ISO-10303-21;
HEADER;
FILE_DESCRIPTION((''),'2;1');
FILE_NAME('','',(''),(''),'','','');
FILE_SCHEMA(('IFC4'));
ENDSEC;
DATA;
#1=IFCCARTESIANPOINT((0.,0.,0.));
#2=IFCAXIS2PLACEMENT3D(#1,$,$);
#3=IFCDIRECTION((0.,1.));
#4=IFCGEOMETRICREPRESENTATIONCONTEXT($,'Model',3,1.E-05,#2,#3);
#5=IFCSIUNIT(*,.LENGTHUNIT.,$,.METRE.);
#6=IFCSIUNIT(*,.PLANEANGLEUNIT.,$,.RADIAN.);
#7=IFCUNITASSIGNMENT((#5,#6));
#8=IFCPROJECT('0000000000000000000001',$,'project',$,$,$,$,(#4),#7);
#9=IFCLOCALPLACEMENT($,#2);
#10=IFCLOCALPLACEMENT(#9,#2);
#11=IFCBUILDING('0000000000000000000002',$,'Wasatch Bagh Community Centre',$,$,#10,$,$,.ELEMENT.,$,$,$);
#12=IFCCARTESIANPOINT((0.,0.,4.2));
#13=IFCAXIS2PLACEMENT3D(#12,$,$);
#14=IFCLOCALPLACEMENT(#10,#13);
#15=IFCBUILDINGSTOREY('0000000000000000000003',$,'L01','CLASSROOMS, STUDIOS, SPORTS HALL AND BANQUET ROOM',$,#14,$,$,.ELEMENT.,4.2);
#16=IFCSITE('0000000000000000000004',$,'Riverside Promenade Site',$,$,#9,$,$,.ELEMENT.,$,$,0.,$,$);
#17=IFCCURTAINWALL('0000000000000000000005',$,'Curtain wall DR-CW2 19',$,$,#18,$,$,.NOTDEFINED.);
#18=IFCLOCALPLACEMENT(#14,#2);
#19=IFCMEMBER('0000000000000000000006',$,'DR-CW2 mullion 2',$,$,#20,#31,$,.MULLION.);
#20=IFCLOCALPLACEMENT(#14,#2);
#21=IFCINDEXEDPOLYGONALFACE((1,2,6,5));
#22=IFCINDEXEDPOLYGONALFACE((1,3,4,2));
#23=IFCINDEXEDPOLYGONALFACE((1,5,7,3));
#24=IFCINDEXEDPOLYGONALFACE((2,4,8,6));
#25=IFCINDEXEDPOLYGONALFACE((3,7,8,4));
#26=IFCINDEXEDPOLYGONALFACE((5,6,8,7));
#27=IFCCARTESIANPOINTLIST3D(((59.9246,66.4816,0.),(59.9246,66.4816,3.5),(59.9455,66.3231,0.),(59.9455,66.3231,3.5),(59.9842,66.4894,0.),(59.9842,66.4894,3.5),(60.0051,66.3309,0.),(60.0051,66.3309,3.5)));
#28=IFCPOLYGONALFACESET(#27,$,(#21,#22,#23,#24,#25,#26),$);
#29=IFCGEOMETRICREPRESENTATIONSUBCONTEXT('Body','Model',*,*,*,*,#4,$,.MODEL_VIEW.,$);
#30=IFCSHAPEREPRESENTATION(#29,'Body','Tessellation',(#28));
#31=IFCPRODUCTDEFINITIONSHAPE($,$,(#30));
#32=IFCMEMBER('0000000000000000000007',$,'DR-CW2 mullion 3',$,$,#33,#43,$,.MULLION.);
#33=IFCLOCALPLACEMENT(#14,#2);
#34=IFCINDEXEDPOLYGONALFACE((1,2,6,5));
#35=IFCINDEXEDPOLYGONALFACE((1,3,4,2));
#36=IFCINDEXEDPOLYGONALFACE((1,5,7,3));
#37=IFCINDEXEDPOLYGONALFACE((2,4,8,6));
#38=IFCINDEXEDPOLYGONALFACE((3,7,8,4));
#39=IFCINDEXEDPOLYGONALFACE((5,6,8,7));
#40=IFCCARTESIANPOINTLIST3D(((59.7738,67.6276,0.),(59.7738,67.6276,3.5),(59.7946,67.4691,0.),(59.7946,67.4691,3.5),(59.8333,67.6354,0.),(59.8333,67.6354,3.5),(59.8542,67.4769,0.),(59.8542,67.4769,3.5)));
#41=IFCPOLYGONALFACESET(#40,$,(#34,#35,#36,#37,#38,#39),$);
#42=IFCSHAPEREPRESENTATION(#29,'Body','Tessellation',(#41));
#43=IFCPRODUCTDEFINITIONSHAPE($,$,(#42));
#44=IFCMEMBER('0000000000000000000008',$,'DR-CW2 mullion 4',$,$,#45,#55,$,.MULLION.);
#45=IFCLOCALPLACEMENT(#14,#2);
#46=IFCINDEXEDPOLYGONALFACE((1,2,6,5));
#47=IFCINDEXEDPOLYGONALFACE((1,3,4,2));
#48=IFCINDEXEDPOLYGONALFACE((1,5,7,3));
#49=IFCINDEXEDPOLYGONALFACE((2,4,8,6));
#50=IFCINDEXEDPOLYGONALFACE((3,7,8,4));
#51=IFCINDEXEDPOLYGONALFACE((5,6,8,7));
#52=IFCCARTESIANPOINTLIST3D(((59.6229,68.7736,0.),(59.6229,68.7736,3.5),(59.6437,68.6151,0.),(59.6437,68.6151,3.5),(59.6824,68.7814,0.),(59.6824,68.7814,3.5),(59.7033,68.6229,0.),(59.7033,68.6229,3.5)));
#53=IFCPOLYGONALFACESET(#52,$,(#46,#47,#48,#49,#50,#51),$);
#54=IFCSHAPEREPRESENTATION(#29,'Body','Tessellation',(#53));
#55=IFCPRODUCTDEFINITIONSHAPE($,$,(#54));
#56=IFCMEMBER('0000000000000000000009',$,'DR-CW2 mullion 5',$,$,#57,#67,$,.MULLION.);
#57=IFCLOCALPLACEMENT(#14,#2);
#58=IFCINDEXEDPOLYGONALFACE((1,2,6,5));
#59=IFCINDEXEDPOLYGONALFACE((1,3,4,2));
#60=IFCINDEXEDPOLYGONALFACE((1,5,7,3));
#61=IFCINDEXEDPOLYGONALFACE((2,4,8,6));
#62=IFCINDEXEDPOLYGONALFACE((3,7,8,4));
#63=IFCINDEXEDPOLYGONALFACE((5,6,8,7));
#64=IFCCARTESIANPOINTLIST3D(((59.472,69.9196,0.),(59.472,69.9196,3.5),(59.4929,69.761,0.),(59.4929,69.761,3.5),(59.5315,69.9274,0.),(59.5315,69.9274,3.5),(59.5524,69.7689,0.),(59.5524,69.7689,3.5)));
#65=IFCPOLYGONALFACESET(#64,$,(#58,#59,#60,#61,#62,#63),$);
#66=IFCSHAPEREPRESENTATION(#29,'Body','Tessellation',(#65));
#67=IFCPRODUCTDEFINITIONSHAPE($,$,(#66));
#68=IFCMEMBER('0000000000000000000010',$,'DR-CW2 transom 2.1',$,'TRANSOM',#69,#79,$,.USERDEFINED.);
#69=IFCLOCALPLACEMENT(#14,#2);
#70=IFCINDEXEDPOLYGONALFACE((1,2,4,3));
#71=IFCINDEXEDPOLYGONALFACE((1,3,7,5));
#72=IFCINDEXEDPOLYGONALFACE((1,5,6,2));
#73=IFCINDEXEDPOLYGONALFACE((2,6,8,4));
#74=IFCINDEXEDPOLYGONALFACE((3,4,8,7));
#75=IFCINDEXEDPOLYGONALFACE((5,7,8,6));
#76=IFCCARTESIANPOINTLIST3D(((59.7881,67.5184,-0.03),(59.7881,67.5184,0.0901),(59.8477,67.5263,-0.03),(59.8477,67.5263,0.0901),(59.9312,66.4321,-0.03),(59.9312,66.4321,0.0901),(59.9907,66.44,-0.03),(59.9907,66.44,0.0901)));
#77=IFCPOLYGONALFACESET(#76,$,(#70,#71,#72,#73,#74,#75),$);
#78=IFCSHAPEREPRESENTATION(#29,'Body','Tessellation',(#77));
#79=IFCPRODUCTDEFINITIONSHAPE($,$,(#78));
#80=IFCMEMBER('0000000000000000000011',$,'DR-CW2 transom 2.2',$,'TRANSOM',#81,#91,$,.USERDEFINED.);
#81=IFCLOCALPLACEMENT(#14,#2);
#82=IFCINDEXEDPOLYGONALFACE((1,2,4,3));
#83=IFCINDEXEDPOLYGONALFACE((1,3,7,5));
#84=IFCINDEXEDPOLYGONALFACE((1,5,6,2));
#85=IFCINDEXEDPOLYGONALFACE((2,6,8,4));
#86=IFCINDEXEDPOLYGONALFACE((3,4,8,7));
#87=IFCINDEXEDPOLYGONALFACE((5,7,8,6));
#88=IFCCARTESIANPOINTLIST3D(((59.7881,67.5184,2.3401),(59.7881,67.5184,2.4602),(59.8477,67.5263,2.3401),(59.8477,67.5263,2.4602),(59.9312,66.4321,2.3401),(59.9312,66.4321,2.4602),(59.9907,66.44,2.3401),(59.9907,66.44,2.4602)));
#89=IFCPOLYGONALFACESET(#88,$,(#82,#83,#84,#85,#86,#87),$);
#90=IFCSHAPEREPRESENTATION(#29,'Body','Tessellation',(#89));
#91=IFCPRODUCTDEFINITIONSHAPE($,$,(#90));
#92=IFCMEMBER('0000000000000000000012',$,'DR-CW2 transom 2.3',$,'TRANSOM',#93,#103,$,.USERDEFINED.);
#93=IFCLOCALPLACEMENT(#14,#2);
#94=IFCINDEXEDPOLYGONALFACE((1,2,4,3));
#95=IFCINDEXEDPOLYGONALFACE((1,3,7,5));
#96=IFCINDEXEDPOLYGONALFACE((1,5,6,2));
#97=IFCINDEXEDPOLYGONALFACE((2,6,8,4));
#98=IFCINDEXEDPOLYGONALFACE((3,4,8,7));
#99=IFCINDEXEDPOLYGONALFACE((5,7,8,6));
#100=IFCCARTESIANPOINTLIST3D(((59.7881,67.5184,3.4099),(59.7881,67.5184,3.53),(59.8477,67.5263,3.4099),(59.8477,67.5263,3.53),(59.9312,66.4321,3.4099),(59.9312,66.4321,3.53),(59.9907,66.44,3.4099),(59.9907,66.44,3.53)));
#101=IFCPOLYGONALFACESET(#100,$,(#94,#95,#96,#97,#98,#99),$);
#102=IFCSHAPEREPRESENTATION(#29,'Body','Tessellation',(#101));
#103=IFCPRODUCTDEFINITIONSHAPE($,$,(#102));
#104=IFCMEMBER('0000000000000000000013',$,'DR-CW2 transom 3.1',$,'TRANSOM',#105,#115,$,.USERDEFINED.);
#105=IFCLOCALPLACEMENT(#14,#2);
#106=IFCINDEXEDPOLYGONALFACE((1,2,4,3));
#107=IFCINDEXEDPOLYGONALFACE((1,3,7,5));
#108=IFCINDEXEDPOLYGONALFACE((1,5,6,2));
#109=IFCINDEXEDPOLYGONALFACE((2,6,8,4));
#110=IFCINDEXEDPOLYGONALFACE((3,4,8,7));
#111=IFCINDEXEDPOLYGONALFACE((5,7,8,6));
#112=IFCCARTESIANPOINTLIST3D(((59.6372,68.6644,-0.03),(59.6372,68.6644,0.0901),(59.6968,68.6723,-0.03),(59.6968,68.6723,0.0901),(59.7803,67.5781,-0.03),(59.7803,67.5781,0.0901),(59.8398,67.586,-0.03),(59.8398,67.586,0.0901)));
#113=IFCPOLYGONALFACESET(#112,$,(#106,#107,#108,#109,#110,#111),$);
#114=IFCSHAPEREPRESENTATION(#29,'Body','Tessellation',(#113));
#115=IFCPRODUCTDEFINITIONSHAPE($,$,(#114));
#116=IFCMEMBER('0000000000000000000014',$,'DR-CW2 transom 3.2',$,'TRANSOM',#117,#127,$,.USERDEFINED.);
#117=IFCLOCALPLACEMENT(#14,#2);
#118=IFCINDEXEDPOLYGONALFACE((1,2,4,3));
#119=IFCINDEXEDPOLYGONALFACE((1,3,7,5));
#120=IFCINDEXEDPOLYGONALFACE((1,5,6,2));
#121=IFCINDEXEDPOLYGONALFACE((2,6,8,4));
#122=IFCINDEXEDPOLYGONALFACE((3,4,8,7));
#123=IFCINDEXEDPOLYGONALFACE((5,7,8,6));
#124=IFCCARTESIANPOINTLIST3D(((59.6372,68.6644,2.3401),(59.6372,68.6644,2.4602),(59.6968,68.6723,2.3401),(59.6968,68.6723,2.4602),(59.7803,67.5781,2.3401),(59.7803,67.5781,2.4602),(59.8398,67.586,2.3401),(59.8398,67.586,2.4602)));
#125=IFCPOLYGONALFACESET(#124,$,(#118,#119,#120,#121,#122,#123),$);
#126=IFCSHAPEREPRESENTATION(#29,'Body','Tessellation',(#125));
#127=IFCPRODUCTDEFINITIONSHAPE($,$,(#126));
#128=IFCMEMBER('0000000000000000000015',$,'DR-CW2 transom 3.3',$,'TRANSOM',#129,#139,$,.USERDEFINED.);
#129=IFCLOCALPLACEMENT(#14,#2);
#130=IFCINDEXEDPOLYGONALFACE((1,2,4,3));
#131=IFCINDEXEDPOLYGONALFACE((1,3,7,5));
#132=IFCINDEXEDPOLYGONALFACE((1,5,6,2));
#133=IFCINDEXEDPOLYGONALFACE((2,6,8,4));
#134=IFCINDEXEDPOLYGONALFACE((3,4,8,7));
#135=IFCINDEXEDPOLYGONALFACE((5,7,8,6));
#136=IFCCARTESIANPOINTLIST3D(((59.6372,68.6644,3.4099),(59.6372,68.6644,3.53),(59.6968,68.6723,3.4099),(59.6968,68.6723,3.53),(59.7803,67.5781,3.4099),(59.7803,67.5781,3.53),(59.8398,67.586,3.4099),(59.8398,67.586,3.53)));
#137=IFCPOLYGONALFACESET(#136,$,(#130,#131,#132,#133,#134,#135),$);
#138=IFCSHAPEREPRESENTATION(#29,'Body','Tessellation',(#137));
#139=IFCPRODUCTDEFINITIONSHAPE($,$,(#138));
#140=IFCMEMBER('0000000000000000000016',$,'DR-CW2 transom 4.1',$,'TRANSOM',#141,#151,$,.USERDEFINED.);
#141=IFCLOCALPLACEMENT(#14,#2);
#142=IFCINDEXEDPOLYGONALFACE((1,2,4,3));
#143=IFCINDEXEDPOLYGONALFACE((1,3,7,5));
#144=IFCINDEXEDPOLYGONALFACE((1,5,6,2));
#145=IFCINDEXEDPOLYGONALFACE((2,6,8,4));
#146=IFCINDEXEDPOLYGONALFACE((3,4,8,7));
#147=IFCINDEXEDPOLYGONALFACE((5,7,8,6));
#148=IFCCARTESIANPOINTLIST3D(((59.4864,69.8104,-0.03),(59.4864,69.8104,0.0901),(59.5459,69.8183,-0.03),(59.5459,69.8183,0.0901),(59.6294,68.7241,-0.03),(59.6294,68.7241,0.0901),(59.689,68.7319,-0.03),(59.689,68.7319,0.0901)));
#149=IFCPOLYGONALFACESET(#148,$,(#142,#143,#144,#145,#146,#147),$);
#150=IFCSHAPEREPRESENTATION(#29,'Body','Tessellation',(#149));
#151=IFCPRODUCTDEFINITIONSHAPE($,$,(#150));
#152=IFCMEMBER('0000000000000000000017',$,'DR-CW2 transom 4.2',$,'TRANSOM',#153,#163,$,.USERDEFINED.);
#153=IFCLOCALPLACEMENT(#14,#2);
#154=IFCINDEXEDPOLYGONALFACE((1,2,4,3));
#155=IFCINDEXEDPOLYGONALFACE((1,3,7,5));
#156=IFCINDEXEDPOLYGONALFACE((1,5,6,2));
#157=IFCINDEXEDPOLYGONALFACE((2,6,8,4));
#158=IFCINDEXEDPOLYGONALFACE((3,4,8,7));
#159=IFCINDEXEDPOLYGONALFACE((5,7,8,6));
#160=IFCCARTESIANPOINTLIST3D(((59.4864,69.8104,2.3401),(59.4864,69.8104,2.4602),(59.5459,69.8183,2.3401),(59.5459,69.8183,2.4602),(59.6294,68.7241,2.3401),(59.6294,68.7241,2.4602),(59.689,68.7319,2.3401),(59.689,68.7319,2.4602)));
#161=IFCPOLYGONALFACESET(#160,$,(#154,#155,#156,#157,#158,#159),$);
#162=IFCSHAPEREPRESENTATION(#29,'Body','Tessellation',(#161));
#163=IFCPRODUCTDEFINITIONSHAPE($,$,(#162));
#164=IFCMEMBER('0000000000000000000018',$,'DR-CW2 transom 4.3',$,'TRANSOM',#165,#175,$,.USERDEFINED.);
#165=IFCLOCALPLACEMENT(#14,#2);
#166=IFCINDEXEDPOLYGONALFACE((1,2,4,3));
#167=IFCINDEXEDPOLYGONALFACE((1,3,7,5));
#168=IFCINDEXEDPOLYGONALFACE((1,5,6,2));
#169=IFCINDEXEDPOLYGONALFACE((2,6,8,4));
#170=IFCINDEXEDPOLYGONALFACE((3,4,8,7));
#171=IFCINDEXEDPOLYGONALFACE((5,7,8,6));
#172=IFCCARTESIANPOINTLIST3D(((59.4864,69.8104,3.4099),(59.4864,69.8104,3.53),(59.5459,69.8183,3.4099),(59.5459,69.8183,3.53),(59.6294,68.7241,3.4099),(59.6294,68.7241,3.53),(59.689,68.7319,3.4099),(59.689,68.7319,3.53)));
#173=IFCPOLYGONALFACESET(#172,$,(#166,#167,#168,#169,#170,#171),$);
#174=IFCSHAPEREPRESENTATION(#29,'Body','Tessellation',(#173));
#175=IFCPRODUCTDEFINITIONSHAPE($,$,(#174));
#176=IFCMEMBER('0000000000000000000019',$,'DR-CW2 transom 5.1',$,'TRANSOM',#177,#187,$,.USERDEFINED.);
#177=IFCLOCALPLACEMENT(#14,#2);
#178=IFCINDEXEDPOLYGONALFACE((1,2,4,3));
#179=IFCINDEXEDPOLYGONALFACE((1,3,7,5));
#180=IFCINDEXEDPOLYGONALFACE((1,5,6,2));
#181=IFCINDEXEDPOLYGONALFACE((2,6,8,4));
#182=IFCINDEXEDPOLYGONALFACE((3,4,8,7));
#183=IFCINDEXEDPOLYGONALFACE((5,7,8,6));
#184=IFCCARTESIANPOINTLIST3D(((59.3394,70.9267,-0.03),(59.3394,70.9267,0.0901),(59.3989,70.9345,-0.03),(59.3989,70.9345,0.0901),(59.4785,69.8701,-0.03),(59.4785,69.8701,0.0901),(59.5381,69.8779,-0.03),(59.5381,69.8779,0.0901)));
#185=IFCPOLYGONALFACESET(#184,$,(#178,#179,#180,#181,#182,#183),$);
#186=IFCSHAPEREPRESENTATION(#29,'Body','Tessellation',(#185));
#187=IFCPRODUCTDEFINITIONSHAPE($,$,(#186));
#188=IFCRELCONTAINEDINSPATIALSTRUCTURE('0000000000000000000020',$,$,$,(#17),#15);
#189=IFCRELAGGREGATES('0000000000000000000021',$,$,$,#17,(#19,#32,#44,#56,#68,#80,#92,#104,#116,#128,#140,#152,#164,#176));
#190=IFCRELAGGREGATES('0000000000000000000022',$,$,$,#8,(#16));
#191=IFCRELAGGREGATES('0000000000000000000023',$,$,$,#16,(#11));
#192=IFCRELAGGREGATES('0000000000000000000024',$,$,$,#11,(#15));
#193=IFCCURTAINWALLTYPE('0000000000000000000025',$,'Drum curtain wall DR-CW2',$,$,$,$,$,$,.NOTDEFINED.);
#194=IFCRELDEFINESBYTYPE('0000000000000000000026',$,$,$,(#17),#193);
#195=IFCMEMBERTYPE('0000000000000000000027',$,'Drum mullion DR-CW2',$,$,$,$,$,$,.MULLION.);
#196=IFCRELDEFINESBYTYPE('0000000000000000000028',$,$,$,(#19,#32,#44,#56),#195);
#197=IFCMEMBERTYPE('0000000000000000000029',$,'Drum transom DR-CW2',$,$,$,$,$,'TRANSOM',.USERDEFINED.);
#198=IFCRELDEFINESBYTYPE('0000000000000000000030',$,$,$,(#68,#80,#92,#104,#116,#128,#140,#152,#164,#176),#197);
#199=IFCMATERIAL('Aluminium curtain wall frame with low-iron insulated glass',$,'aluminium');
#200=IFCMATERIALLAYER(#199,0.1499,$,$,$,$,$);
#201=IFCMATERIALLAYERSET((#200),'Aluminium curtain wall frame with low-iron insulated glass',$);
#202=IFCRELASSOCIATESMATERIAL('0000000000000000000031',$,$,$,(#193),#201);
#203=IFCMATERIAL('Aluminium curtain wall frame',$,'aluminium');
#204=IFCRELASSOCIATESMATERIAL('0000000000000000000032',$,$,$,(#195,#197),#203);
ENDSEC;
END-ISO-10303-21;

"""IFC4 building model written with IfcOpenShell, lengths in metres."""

from ifc_helpers import new_model, si_unit, direction, frame, origin, origin_2d, place, context, subcontext, project, spatial, rectangle, extrude, material, layer, layer_set, material_profile, profile_set, type_object, element, aggregate, save


model = new_model("IFC4")

# Units and contexts
model_context = context("Model", 3, precision=1e-05, world=origin(), true_north=direction((0.0, 1.0)))
body_context = subcontext(model_context, "Body", "Model", "MODEL_VIEW")
ifc_project = project(units=[si_unit("LENGTHUNIT", "METRE"), si_unit("PLANEANGLEUNIT", "RADIAN")], contexts=[model_context])

# Site, building, storey
site_placement = place(None, origin())
site = spatial("IfcSite", under=ifc_project, at=site_placement, Name="Riverside Promenade Site", CompositionType="ELEMENT", RefElevation=0.0)
building_placement = place(site_placement, origin())
building = spatial("IfcBuilding", under=site, at=building_placement, Name="Wasatch Bagh Community Centre", CompositionType="ELEMENT")
storey_placement = place(building_placement, frame((0.0, 0.0, 4.2)))
storey = spatial("IfcBuildingStorey", under=building, at=storey_placement, Name="L01", Description="CLASSROOMS, STUDIOS, SPORTS HALL AND BANQUET ROOM", CompositionType="ELEMENT", Elevation=4.2)

# Curtain wall, members
ifc_material_1 = material(Name="Aluminium curtain wall frame with low-iron insulated glass", Category="aluminium")
ifc_layer_1 = layer(ifc_material_1, 0.1499)
ifc_layer_set_1 = layer_set([ifc_layer_1], Name="Aluminium curtain wall frame with low-iron insulated glass")
curtain_wall_type = type_object("IfcCurtainWallType", Name="Drum curtain wall DR-CW2", PredefinedType="NOTDEFINED", material=ifc_layer_set_1)
curtain_wall_placement = place(storey_placement, origin())
curtain_wall = element("IfcCurtainWall", 1, at=curtain_wall_placement, inside=storey, type_object=curtain_wall_type, Name="Curtain wall DR-CW2 19", PredefinedType="NOTDEFINED")
ifc_material_2 = material(Name="Aluminium curtain wall frame", Category="aluminium")
ifc_material_profile_1 = material_profile(ifc_material_2, rectangle(XDim=0.0601, YDim=0.1599, at=origin_2d()), Name="Drum mullion DR-CW2")
ifc_profile_set_1 = profile_set([ifc_material_profile_1], Name="Aluminium curtain wall frame")
member_type_1 = type_object("IfcMemberType", Name="Drum mullion DR-CW2", PredefinedType="MULLION", material=ifc_profile_set_1)
member_1_placement = place(storey_placement, frame((59.9648, 66.4062, 0.0), z_axis=(0.0, 0.0, 1.0), x_axis=(-0.991445, -0.130526, 0.0)))
member_1 = element("IfcMember", 2, at=member_1_placement, type_object=member_type_1, Name="DR-CW2 mullion 2", PredefinedType="MULLION", context=body_context, shape_type="SweptSolid", body=[
    extrude(rectangle(XDim=0.0601, YDim=0.1599, at=origin_2d()), origin(), (0.0, 0.0, 1.0), 3.5),
])
member_2_placement = place(storey_placement, frame((59.814, 67.5522, 0.0), z_axis=(0.0, 0.0, 1.0), x_axis=(-0.991445, -0.130526, 0.0)))
member_2 = element("IfcMember", 3, at=member_2_placement, type_object=member_type_1, Name="DR-CW2 mullion 3", PredefinedType="MULLION", context=body_context, shape_type="SweptSolid", body=[
    extrude(rectangle(XDim=0.0601, YDim=0.1599, at=origin_2d()), origin(), (0.0, 0.0, 1.0), 3.5),
])
member_3_placement = place(storey_placement, frame((59.6631, 68.6982, 0.0), z_axis=(0.0, 0.0, 1.0), x_axis=(-0.991445, -0.130526, 0.0)))
member_3 = element("IfcMember", 4, at=member_3_placement, type_object=member_type_1, Name="DR-CW2 mullion 4", PredefinedType="MULLION", context=body_context, shape_type="SweptSolid", body=[
    extrude(rectangle(XDim=0.0601, YDim=0.1599, at=origin_2d()), origin(), (0.0, 0.0, 1.0), 3.5),
])
member_4_placement = place(storey_placement, frame((59.5122, 69.8442, 0.0), z_axis=(0.0, 0.0, 1.0), x_axis=(-0.991445, -0.130526, 0.0)))
member_4 = element("IfcMember", 5, at=member_4_placement, type_object=member_type_1, Name="DR-CW2 mullion 5", PredefinedType="MULLION", context=body_context, shape_type="SweptSolid", body=[
    extrude(rectangle(XDim=0.0601, YDim=0.1599, at=origin_2d()), origin(), (0.0, 0.0, 1.0), 3.5),
])
ifc_material_profile_2 = material_profile(ifc_material_2, rectangle(XDim=0.0601, YDim=0.1201, at=origin_2d()), Name="Drum transom DR-CW2")
ifc_profile_set_2 = profile_set([ifc_material_profile_2], Name="Aluminium curtain wall frame")
member_type_2 = type_object("IfcMemberType", Name="Drum transom DR-CW2", ElementType="TRANSOM", PredefinedType="USERDEFINED", material=ifc_profile_set_2)
member_5_placement = place(storey_placement, frame((59.9609, 66.436, 0.03), z_axis=(-0.130558, 0.991441, 0.0), x_axis=(-0.991441, -0.130558, 0.0)))
member_5 = element("IfcMember", 6, at=member_5_placement, type_object=member_type_2, Name="DR-CW2 transom 2.1", ObjectType="TRANSOM", PredefinedType="USERDEFINED", context=body_context, shape_type="SweptSolid", body=[
    extrude(rectangle(XDim=0.0601, YDim=0.1201, at=origin_2d()), origin(), (0.0, 0.0, 1.0), 1.0957),
])
member_6_placement = place(storey_placement, frame((59.9609, 66.436, 2.4001), z_axis=(-0.130558, 0.991441, 0.0), x_axis=(-0.991441, -0.130558, 0.0)))
member_6 = element("IfcMember", 7, at=member_6_placement, type_object=member_type_2, Name="DR-CW2 transom 2.2", ObjectType="TRANSOM", PredefinedType="USERDEFINED", context=body_context, shape_type="SweptSolid", body=[
    extrude(rectangle(XDim=0.0601, YDim=0.1201, at=origin_2d()), origin(), (0.0, 0.0, 1.0), 1.0957),
])
member_7_placement = place(storey_placement, frame((59.9609, 66.436, 3.47), z_axis=(-0.130558, 0.991441, 0.0), x_axis=(-0.991441, -0.130558, 0.0)))
member_7 = element("IfcMember", 8, at=member_7_placement, type_object=member_type_2, Name="DR-CW2 transom 2.3", ObjectType="TRANSOM", PredefinedType="USERDEFINED", context=body_context, shape_type="SweptSolid", body=[
    extrude(rectangle(XDim=0.0601, YDim=0.1201, at=origin_2d()), origin(), (0.0, 0.0, 1.0), 1.0957),
])
member_8_placement = place(storey_placement, frame((59.8101, 67.582, 0.03), z_axis=(-0.130558, 0.991441, 0.0), x_axis=(-0.991441, -0.130558, 0.0)))
member_8 = element("IfcMember", 9, at=member_8_placement, type_object=member_type_2, Name="DR-CW2 transom 3.1", ObjectType="TRANSOM", PredefinedType="USERDEFINED", context=body_context, shape_type="SweptSolid", body=[
    extrude(rectangle(XDim=0.0601, YDim=0.1201, at=origin_2d()), origin(), (0.0, 0.0, 1.0), 1.0957),
])
member_9_placement = place(storey_placement, frame((59.8101, 67.582, 2.4001), z_axis=(-0.130558, 0.991441, 0.0), x_axis=(-0.991441, -0.130558, 0.0)))
member_9 = element("IfcMember", 10, at=member_9_placement, type_object=member_type_2, Name="DR-CW2 transom 3.2", ObjectType="TRANSOM", PredefinedType="USERDEFINED", context=body_context, shape_type="SweptSolid", body=[
    extrude(rectangle(XDim=0.0601, YDim=0.1201, at=origin_2d()), origin(), (0.0, 0.0, 1.0), 1.0957),
])
member_10_placement = place(storey_placement, frame((59.8101, 67.582, 3.47), z_axis=(-0.130558, 0.991441, 0.0), x_axis=(-0.991441, -0.130558, 0.0)))
member_10 = element("IfcMember", 11, at=member_10_placement, type_object=member_type_2, Name="DR-CW2 transom 3.3", ObjectType="TRANSOM", PredefinedType="USERDEFINED", context=body_context, shape_type="SweptSolid", body=[
    extrude(rectangle(XDim=0.0601, YDim=0.1201, at=origin_2d()), origin(), (0.0, 0.0, 1.0), 1.0957),
])
member_11_placement = place(storey_placement, frame((59.6592, 68.728, 0.03), z_axis=(-0.130558, 0.991441, 0.0), x_axis=(-0.991441, -0.130558, 0.0)))
member_11 = element("IfcMember", 12, at=member_11_placement, type_object=member_type_2, Name="DR-CW2 transom 4.1", ObjectType="TRANSOM", PredefinedType="USERDEFINED", context=body_context, shape_type="SweptSolid", body=[
    extrude(rectangle(XDim=0.0601, YDim=0.1201, at=origin_2d()), origin(), (0.0, 0.0, 1.0), 1.0957),
])
member_12_placement = place(storey_placement, frame((59.6592, 68.728, 2.4001), z_axis=(-0.130558, 0.991441, 0.0), x_axis=(-0.991441, -0.130558, 0.0)))
member_12 = element("IfcMember", 13, at=member_12_placement, type_object=member_type_2, Name="DR-CW2 transom 4.2", ObjectType="TRANSOM", PredefinedType="USERDEFINED", context=body_context, shape_type="SweptSolid", body=[
    extrude(rectangle(XDim=0.0601, YDim=0.1201, at=origin_2d()), origin(), (0.0, 0.0, 1.0), 1.0957),
])
member_13_placement = place(storey_placement, frame((59.6592, 68.728, 3.47), z_axis=(-0.130558, 0.991441, 0.0), x_axis=(-0.991441, -0.130558, 0.0)))
member_13 = element("IfcMember", 14, at=member_13_placement, type_object=member_type_2, Name="DR-CW2 transom 4.3", ObjectType="TRANSOM", PredefinedType="USERDEFINED", context=body_context, shape_type="SweptSolid", body=[
    extrude(rectangle(XDim=0.0601, YDim=0.1201, at=origin_2d()), origin(), (0.0, 0.0, 1.0), 1.0957),
])
member_14_placement = place(storey_placement, frame((59.5083, 69.874, 0.03), z_axis=(-0.130573, 0.991439, 0.0), x_axis=(-0.991439, -0.130573, 0.0)))
member_14 = element("IfcMember", 15, at=member_14_placement, type_object=member_type_2, Name="DR-CW2 transom 5.1", ObjectType="TRANSOM", PredefinedType="USERDEFINED", context=body_context, shape_type="SweptSolid", body=[
    extrude(rectangle(XDim=0.0601, YDim=0.1201, at=origin_2d()), origin(), (0.0, 0.0, 1.0), 1.0657),
])
aggregate(curtain_wall, [member_1, member_2, member_3, member_4, member_5, member_6, member_7, member_8, member_9, member_10, member_11, member_12, member_13, member_14])

save(model, "model.ifc")
